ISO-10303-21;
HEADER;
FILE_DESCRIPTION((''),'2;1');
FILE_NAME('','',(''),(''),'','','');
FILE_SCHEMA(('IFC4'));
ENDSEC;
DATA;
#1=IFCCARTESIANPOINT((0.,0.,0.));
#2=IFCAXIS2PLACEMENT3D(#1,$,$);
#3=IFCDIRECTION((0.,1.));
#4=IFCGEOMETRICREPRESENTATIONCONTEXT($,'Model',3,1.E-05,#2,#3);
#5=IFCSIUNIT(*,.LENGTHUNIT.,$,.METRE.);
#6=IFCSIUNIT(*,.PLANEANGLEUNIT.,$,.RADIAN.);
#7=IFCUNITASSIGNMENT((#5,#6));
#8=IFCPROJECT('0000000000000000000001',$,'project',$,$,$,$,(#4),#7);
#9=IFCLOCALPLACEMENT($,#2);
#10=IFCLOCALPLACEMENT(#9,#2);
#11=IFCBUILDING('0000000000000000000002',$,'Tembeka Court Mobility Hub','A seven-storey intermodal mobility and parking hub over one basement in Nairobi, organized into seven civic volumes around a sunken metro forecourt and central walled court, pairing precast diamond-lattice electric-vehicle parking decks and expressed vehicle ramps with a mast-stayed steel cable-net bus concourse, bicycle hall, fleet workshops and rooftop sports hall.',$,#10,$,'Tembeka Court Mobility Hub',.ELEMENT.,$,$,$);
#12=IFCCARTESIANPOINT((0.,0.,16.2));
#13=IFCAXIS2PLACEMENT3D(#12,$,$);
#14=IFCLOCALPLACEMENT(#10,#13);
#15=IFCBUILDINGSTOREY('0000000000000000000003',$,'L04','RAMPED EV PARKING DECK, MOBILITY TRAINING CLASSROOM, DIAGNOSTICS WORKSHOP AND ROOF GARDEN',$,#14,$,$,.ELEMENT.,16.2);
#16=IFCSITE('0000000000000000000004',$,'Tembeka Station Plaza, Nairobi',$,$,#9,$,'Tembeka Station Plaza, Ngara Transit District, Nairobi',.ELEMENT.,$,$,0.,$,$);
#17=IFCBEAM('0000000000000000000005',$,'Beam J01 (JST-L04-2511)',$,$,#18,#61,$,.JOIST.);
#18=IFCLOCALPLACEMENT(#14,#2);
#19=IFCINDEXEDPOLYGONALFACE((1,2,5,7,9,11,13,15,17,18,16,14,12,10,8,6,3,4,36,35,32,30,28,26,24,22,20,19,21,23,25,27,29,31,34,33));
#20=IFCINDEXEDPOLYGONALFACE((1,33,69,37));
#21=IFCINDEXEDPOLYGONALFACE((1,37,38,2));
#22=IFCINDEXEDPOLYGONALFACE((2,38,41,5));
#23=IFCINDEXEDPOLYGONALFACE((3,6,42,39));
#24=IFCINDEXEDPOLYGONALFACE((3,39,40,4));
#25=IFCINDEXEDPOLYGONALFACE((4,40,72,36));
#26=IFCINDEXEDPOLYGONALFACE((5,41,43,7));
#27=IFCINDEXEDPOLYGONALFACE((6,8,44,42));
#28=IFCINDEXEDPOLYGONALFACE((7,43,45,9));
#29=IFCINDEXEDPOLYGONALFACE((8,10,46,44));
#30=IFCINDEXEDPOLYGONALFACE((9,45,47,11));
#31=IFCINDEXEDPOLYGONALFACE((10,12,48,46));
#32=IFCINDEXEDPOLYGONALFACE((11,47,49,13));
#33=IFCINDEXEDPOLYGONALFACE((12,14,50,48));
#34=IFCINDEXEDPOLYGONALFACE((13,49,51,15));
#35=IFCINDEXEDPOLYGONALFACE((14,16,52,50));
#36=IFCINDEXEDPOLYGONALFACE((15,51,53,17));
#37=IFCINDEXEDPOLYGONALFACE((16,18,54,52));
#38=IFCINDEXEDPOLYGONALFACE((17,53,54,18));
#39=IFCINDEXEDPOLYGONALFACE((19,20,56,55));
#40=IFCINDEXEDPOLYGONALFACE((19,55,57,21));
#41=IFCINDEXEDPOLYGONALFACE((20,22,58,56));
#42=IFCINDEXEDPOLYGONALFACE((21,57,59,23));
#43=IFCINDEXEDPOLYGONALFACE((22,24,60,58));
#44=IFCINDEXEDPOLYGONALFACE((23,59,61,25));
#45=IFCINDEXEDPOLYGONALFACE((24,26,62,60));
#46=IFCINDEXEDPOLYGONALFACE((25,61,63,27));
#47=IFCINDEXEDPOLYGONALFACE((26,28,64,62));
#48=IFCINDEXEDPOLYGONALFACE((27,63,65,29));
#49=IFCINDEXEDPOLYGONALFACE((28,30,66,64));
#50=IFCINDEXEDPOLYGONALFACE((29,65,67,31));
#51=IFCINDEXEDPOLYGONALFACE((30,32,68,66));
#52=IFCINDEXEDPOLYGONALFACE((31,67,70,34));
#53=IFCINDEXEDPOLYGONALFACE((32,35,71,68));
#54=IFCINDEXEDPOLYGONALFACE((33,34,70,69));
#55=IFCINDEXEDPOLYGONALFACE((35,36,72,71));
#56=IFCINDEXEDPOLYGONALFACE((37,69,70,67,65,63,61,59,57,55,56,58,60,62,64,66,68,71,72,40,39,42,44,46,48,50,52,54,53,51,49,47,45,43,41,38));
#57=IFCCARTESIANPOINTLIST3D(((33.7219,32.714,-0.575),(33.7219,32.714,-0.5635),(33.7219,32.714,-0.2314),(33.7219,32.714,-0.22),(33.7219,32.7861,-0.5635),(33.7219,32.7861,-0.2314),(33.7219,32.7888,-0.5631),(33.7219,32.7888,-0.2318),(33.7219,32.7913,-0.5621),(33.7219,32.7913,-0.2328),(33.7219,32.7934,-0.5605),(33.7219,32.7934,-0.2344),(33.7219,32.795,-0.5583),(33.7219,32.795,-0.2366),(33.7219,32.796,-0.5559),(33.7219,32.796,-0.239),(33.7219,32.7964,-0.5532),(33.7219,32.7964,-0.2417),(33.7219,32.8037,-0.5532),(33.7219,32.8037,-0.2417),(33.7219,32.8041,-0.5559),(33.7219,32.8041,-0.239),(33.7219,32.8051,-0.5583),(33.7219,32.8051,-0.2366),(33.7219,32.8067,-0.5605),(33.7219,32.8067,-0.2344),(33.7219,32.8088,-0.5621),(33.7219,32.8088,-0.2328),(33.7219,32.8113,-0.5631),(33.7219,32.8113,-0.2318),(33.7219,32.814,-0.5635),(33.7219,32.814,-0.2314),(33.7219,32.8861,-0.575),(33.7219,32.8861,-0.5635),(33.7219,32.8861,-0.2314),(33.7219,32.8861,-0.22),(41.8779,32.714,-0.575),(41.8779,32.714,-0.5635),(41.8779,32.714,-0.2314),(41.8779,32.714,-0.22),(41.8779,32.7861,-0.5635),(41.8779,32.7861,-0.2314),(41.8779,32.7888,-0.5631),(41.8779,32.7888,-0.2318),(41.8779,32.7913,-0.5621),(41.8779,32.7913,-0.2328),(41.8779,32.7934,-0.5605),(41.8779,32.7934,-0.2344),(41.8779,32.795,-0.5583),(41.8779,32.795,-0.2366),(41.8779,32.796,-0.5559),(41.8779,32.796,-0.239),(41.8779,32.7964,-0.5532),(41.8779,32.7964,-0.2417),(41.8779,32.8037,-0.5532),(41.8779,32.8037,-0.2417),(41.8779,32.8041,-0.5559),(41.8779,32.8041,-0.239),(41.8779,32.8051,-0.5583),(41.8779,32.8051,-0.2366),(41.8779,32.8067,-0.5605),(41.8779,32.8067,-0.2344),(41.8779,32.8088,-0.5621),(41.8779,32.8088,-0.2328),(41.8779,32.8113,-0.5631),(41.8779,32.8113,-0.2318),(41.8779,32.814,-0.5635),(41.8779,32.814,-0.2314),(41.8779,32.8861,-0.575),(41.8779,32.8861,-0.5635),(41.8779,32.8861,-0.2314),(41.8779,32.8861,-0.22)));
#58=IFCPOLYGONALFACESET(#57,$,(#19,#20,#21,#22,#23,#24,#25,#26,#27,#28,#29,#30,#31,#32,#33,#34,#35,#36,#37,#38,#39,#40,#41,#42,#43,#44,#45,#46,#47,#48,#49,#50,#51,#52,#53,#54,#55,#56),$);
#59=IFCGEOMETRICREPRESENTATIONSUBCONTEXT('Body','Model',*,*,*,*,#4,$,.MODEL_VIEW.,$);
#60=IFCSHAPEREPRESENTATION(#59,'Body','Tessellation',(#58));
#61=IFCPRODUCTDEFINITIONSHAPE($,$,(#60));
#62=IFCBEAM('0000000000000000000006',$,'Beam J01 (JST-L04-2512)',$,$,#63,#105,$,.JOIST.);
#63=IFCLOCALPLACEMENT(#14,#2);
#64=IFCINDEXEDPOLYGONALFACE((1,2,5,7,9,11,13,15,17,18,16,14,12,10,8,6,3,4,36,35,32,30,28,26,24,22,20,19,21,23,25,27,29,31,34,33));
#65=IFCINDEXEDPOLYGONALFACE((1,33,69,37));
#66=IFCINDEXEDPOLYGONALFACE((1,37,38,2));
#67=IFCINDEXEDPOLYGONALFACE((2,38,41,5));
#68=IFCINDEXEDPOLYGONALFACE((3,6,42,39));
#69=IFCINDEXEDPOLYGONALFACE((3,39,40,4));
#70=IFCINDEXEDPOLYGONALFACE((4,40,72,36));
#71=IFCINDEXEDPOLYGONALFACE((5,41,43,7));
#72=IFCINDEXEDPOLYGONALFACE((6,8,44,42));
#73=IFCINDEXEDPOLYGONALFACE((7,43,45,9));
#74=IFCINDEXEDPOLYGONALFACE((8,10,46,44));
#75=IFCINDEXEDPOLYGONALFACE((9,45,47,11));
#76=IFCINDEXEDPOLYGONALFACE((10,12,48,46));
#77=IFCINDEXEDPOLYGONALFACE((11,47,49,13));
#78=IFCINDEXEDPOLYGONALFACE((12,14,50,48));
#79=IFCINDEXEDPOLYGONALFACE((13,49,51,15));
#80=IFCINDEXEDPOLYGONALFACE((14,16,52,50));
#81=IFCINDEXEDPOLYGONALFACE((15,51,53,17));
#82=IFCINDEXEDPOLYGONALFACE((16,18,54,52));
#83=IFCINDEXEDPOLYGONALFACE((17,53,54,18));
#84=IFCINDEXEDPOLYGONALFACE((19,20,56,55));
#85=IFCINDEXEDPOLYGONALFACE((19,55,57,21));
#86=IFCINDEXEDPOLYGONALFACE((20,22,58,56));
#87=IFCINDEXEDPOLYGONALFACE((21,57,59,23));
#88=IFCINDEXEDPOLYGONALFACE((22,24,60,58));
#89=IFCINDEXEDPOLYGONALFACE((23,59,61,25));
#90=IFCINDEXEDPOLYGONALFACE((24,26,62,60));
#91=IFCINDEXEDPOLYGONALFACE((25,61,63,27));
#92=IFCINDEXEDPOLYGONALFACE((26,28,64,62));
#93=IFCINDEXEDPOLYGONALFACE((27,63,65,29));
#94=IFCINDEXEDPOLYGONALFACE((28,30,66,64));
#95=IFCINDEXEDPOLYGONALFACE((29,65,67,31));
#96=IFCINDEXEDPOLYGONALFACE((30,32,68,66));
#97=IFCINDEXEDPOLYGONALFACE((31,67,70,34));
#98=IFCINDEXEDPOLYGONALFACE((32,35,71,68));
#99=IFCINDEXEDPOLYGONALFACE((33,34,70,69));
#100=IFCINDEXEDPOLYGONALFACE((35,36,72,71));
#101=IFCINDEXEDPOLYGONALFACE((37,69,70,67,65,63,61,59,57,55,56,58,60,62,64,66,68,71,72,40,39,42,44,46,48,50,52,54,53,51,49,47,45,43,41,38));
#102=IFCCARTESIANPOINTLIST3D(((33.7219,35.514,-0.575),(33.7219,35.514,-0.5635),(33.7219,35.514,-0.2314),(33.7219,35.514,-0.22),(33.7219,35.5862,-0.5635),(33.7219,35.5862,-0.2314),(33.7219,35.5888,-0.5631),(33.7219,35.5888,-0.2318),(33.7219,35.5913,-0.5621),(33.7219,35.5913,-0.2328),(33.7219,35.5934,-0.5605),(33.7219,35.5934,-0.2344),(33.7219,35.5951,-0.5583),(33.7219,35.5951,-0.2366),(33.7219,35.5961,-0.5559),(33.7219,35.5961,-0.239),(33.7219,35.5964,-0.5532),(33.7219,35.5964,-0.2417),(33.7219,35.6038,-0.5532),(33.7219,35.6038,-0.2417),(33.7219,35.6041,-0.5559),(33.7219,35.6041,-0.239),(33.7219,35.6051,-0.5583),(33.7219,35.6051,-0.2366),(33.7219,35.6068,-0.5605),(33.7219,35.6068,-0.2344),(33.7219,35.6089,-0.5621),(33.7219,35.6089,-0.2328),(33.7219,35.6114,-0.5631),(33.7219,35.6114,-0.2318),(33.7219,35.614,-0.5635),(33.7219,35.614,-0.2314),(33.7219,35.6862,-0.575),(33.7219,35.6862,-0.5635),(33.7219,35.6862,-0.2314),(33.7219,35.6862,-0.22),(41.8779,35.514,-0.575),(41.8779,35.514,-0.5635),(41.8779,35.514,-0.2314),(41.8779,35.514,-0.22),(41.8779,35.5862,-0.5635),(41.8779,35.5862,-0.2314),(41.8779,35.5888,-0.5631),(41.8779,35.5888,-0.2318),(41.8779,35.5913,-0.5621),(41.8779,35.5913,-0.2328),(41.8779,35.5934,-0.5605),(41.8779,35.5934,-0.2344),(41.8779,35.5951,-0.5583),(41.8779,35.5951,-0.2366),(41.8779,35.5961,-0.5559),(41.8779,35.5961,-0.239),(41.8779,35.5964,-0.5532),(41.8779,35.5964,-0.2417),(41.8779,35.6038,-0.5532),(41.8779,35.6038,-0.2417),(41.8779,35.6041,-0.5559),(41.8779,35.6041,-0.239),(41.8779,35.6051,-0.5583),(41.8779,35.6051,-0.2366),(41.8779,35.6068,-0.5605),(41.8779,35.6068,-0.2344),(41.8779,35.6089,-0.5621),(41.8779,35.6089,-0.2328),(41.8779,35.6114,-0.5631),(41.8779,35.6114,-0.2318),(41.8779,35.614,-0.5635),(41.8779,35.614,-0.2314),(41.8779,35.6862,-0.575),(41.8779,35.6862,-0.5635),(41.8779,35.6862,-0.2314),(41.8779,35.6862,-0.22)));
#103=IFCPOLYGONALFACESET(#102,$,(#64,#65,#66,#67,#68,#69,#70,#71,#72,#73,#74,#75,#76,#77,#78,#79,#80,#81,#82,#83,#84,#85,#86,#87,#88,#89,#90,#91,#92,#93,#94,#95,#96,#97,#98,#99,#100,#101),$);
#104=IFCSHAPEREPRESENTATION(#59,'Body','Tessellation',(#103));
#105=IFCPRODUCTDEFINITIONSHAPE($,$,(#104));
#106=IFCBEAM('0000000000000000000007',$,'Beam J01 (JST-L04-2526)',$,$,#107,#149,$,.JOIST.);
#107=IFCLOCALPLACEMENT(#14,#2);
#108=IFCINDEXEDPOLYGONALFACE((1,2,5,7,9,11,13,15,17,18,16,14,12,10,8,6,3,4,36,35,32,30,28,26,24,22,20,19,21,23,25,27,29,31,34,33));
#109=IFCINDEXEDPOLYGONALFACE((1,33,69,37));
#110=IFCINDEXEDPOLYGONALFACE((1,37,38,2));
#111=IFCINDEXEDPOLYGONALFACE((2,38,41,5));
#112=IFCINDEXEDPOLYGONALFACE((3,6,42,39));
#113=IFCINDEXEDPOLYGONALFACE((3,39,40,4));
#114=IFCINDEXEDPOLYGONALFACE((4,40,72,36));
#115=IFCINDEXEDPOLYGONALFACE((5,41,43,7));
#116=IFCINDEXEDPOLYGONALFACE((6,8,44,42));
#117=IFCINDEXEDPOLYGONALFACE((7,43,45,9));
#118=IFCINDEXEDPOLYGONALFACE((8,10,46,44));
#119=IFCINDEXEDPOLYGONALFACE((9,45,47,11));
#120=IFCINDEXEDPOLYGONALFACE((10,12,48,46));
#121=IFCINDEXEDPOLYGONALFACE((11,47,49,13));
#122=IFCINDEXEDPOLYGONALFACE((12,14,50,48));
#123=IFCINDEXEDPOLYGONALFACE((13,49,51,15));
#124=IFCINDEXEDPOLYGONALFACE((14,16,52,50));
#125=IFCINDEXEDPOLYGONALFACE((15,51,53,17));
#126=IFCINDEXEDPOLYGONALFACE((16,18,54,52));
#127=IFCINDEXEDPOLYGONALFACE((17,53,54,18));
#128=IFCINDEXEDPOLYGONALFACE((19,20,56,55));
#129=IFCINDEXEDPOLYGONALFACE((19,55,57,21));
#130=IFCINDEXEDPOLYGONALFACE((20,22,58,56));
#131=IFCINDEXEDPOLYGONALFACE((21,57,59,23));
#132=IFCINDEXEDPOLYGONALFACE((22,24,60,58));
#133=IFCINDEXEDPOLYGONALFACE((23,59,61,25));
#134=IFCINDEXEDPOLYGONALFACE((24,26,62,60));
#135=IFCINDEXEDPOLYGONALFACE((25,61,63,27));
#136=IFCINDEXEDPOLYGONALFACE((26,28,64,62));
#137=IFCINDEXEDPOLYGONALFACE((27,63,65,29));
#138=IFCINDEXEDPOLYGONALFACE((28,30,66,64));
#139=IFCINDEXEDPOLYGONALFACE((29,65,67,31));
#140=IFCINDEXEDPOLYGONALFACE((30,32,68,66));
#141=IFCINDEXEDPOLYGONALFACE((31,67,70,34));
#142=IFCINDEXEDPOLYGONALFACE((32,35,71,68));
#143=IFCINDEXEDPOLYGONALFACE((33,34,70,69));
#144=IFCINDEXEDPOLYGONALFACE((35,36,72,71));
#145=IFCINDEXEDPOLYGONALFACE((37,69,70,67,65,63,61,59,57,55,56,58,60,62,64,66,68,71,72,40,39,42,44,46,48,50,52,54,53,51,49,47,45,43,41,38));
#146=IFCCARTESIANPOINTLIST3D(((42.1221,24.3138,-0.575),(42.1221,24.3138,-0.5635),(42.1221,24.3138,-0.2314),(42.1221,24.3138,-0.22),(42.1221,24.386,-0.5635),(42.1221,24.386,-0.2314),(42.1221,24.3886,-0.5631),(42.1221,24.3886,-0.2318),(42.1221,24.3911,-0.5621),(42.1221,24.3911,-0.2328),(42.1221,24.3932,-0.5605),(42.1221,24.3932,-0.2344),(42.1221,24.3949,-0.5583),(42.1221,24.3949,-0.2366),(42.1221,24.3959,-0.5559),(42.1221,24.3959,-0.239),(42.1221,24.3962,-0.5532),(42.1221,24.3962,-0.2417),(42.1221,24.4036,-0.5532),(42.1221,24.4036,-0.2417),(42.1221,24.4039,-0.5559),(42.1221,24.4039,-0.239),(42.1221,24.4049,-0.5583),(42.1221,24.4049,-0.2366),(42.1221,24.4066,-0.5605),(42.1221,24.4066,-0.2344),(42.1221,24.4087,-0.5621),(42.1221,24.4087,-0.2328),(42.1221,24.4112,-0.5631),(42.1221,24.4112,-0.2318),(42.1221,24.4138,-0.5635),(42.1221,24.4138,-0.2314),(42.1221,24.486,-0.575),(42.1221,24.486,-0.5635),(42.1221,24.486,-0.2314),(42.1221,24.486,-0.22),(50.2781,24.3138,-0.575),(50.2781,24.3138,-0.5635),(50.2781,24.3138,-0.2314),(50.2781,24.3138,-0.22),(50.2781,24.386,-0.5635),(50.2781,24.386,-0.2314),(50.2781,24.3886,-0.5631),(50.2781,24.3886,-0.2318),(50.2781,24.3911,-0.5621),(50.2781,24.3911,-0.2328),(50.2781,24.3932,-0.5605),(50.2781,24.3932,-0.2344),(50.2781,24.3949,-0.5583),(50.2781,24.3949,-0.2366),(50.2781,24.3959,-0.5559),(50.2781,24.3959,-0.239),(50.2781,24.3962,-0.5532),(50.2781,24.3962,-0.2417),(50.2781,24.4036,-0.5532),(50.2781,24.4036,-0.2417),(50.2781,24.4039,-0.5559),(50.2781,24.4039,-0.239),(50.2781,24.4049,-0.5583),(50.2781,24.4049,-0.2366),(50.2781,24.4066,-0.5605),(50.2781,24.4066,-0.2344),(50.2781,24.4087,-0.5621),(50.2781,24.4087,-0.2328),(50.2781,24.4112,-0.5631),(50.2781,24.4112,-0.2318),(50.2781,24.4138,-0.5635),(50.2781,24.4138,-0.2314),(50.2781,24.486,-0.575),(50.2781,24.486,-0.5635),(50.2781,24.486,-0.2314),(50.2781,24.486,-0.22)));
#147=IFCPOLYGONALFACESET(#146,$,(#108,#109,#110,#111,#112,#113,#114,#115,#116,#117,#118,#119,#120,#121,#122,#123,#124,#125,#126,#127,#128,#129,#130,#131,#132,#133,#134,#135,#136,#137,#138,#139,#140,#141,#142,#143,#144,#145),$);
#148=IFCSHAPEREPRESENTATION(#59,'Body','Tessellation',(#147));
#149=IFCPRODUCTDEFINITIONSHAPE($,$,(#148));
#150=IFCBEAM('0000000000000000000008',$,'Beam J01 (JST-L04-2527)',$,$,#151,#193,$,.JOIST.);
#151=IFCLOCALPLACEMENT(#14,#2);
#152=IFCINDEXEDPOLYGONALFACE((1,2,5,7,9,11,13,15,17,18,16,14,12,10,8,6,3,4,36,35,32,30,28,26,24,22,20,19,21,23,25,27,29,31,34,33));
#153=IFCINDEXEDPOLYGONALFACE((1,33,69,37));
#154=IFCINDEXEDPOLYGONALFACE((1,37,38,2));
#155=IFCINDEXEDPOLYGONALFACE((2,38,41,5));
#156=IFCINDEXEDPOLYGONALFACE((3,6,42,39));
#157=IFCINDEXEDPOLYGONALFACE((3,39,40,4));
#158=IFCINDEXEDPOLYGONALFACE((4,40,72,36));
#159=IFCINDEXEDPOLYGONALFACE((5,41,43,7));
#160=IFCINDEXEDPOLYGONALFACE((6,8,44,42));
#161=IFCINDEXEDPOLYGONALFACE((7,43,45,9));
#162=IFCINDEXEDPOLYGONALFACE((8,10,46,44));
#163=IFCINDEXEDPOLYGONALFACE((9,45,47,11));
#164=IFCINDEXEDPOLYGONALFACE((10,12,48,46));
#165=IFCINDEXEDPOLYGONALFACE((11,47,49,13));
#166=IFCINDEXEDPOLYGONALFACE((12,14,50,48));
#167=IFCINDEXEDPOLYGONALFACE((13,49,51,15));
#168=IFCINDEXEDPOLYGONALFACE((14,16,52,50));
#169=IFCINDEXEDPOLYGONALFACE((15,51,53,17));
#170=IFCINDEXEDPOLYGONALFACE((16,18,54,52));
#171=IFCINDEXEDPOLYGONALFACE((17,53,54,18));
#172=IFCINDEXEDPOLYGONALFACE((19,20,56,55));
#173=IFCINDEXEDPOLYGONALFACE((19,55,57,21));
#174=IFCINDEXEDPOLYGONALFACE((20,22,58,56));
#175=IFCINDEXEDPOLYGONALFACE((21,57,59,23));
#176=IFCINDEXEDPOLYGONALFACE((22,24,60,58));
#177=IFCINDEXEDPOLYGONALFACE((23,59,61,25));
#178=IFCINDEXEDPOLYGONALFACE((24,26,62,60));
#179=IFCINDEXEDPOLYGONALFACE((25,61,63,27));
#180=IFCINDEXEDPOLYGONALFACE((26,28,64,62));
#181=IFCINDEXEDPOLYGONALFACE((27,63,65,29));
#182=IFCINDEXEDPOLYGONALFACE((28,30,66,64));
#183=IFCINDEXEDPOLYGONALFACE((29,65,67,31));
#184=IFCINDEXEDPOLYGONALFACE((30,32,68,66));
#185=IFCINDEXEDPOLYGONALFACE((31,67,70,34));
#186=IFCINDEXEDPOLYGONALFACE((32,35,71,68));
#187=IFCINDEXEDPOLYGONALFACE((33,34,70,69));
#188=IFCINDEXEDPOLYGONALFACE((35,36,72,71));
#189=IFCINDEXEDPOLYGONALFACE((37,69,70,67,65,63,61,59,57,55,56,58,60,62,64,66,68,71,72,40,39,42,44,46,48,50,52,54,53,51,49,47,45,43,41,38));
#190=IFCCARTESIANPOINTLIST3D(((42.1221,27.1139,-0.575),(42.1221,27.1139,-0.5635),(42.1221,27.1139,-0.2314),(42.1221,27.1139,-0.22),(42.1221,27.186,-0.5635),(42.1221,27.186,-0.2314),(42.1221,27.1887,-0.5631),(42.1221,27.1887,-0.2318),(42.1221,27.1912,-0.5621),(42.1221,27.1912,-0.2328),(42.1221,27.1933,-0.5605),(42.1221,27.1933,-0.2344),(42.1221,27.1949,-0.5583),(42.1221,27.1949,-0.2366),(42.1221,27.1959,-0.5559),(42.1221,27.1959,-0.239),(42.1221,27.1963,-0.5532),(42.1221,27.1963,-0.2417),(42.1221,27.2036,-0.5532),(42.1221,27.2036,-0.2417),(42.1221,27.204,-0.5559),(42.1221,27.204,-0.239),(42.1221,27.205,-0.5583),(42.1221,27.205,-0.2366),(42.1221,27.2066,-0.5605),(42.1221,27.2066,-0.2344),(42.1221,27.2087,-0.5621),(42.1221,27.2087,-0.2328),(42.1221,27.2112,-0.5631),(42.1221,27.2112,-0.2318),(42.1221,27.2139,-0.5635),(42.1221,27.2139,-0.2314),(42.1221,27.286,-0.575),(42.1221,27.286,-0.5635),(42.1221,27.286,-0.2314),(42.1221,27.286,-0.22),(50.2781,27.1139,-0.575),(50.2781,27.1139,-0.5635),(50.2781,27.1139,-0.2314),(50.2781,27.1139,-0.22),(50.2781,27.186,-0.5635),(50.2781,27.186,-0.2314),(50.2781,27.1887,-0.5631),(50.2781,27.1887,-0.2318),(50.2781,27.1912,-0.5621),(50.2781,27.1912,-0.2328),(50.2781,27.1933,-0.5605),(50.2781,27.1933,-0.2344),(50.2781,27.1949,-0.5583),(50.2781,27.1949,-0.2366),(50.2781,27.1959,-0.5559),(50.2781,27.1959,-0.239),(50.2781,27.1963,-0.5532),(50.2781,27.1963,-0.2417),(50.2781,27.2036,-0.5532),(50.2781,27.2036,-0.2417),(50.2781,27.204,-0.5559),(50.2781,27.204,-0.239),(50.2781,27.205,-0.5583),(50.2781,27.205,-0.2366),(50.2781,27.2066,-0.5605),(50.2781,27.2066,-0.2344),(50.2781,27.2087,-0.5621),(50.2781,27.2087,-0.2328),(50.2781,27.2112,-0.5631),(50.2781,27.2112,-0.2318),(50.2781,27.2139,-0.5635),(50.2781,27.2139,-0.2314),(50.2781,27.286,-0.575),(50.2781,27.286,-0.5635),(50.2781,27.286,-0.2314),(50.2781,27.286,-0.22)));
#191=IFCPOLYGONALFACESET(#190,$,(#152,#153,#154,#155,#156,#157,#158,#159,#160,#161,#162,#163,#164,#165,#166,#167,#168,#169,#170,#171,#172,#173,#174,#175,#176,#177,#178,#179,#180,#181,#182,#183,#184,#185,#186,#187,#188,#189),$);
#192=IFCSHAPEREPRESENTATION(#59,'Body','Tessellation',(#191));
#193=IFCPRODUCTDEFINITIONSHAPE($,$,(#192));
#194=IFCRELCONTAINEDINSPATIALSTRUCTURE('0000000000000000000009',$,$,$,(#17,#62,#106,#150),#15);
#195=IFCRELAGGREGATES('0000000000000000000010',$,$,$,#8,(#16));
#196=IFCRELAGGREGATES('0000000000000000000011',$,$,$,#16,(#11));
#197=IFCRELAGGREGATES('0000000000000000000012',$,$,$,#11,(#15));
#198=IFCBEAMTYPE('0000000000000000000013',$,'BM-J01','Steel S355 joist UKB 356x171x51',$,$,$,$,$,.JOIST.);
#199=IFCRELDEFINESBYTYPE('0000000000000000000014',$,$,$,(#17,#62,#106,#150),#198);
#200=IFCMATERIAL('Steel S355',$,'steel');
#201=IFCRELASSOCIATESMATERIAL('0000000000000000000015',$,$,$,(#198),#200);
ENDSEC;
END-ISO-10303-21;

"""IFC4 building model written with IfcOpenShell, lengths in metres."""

from ifc_helpers import new_model, si_unit, direction, frame, origin, origin_2d, place, context, subcontext, project, spatial, i_section, extrude, material, material_profile, profile_set, type_object, element, save


model = new_model("IFC4")

# Units and contexts
model_context = context("Model", 3, precision=1e-05, world=origin(), true_north=direction((0.0, 1.0)))
body_context = subcontext(model_context, "Body", "Model", "MODEL_VIEW")
ifc_project = project(units=[si_unit("LENGTHUNIT", "METRE"), si_unit("PLANEANGLEUNIT", "RADIAN")], contexts=[model_context])

# Site, building, storey
site_placement = place(None, origin())
site = spatial("IfcSite", under=ifc_project, at=site_placement, Name="Tembeka Station Plaza, Nairobi", LongName="Tembeka Station Plaza, Ngara Transit District, Nairobi", CompositionType="ELEMENT", RefElevation=0.0)
building_placement = place(site_placement, origin())
building = spatial("IfcBuilding", under=site, at=building_placement, Name="Tembeka Court Mobility Hub", Description="A seven-storey intermodal mobility and parking hub over one basement in Nairobi, organized into seven civic volumes around a sunken metro forecourt and central walled court, pairing precast diamond-lattice electric-vehicle parking decks and expressed vehicle ramps with a mast-stayed steel cable-net bus concourse, bicycle hall, fleet workshops and rooftop sports hall.", LongName="Tembeka Court Mobility Hub", CompositionType="ELEMENT")
storey_placement = place(building_placement, frame((0.0, 0.0, 16.2)))
storey = spatial("IfcBuildingStorey", under=building, at=storey_placement, Name="L04", Description="RAMPED EV PARKING DECK, MOBILITY TRAINING CLASSROOM, DIAGNOSTICS WORKSHOP AND ROOF GARDEN", CompositionType="ELEMENT", Elevation=16.2)

# Shared definitions
ifc_material_1 = material(Name="Steel S355", Category="steel")

# Beams
ifc_material_profile_1 = material_profile(ifc_material_1, i_section(OverallWidth=0.1721, OverallDepth=0.355, WebThickness=0.0073, FlangeThickness=0.0115, FilletRadius=0.0103, at=origin_2d()), Name="UKB 356x171x51")
ifc_profile_set_1 = profile_set([ifc_material_profile_1], Name="Steel S355")
beam_type_1 = type_object("IfcBeamType", Name="BM-J01", Description="Steel S355 joist UKB 356x171x51", PredefinedType="JOIST", material=ifc_profile_set_1)
for number, where, z_axis, x_axis, name in (
    (1, (33.7219, 32.8, -0.3975), (1.0, 0.0, 0.0), (0.0, 1.0, 0.0), "Beam J01 (JST-L04-2511)"),
    (2, (33.7219, 35.6001, -0.3975), (1.0, 0.0, 0.0), (0.0, 1.0, 0.0), "Beam J01 (JST-L04-2512)"),
    (3, (42.1221, 24.3999, -0.3975), (1.0, 0.0, 0.0), (0.0, 1.0, 0.0), "Beam J01 (JST-L04-2526)"),
    (4, (42.1221, 27.2, -0.3975), (1.0, 0.0, 0.0), (0.0, 1.0, 0.0), "Beam J01 (JST-L04-2527)"),
):
    element("IfcBeam", number, at=place(storey_placement, frame(where, z_axis=z_axis, x_axis=x_axis)), inside=storey, type_object=beam_type_1, Name=name, PredefinedType="JOIST", context=body_context, shape_type="SweptSolid", body=[
        extrude(i_section(OverallWidth=0.1721, OverallDepth=0.355, WebThickness=0.0073, FlangeThickness=0.0115, FilletRadius=0.0103, at=origin_2d()), origin(), (0.0, 0.0, 1.0), 8.156),
    ])

save(model, "model.ifc")
